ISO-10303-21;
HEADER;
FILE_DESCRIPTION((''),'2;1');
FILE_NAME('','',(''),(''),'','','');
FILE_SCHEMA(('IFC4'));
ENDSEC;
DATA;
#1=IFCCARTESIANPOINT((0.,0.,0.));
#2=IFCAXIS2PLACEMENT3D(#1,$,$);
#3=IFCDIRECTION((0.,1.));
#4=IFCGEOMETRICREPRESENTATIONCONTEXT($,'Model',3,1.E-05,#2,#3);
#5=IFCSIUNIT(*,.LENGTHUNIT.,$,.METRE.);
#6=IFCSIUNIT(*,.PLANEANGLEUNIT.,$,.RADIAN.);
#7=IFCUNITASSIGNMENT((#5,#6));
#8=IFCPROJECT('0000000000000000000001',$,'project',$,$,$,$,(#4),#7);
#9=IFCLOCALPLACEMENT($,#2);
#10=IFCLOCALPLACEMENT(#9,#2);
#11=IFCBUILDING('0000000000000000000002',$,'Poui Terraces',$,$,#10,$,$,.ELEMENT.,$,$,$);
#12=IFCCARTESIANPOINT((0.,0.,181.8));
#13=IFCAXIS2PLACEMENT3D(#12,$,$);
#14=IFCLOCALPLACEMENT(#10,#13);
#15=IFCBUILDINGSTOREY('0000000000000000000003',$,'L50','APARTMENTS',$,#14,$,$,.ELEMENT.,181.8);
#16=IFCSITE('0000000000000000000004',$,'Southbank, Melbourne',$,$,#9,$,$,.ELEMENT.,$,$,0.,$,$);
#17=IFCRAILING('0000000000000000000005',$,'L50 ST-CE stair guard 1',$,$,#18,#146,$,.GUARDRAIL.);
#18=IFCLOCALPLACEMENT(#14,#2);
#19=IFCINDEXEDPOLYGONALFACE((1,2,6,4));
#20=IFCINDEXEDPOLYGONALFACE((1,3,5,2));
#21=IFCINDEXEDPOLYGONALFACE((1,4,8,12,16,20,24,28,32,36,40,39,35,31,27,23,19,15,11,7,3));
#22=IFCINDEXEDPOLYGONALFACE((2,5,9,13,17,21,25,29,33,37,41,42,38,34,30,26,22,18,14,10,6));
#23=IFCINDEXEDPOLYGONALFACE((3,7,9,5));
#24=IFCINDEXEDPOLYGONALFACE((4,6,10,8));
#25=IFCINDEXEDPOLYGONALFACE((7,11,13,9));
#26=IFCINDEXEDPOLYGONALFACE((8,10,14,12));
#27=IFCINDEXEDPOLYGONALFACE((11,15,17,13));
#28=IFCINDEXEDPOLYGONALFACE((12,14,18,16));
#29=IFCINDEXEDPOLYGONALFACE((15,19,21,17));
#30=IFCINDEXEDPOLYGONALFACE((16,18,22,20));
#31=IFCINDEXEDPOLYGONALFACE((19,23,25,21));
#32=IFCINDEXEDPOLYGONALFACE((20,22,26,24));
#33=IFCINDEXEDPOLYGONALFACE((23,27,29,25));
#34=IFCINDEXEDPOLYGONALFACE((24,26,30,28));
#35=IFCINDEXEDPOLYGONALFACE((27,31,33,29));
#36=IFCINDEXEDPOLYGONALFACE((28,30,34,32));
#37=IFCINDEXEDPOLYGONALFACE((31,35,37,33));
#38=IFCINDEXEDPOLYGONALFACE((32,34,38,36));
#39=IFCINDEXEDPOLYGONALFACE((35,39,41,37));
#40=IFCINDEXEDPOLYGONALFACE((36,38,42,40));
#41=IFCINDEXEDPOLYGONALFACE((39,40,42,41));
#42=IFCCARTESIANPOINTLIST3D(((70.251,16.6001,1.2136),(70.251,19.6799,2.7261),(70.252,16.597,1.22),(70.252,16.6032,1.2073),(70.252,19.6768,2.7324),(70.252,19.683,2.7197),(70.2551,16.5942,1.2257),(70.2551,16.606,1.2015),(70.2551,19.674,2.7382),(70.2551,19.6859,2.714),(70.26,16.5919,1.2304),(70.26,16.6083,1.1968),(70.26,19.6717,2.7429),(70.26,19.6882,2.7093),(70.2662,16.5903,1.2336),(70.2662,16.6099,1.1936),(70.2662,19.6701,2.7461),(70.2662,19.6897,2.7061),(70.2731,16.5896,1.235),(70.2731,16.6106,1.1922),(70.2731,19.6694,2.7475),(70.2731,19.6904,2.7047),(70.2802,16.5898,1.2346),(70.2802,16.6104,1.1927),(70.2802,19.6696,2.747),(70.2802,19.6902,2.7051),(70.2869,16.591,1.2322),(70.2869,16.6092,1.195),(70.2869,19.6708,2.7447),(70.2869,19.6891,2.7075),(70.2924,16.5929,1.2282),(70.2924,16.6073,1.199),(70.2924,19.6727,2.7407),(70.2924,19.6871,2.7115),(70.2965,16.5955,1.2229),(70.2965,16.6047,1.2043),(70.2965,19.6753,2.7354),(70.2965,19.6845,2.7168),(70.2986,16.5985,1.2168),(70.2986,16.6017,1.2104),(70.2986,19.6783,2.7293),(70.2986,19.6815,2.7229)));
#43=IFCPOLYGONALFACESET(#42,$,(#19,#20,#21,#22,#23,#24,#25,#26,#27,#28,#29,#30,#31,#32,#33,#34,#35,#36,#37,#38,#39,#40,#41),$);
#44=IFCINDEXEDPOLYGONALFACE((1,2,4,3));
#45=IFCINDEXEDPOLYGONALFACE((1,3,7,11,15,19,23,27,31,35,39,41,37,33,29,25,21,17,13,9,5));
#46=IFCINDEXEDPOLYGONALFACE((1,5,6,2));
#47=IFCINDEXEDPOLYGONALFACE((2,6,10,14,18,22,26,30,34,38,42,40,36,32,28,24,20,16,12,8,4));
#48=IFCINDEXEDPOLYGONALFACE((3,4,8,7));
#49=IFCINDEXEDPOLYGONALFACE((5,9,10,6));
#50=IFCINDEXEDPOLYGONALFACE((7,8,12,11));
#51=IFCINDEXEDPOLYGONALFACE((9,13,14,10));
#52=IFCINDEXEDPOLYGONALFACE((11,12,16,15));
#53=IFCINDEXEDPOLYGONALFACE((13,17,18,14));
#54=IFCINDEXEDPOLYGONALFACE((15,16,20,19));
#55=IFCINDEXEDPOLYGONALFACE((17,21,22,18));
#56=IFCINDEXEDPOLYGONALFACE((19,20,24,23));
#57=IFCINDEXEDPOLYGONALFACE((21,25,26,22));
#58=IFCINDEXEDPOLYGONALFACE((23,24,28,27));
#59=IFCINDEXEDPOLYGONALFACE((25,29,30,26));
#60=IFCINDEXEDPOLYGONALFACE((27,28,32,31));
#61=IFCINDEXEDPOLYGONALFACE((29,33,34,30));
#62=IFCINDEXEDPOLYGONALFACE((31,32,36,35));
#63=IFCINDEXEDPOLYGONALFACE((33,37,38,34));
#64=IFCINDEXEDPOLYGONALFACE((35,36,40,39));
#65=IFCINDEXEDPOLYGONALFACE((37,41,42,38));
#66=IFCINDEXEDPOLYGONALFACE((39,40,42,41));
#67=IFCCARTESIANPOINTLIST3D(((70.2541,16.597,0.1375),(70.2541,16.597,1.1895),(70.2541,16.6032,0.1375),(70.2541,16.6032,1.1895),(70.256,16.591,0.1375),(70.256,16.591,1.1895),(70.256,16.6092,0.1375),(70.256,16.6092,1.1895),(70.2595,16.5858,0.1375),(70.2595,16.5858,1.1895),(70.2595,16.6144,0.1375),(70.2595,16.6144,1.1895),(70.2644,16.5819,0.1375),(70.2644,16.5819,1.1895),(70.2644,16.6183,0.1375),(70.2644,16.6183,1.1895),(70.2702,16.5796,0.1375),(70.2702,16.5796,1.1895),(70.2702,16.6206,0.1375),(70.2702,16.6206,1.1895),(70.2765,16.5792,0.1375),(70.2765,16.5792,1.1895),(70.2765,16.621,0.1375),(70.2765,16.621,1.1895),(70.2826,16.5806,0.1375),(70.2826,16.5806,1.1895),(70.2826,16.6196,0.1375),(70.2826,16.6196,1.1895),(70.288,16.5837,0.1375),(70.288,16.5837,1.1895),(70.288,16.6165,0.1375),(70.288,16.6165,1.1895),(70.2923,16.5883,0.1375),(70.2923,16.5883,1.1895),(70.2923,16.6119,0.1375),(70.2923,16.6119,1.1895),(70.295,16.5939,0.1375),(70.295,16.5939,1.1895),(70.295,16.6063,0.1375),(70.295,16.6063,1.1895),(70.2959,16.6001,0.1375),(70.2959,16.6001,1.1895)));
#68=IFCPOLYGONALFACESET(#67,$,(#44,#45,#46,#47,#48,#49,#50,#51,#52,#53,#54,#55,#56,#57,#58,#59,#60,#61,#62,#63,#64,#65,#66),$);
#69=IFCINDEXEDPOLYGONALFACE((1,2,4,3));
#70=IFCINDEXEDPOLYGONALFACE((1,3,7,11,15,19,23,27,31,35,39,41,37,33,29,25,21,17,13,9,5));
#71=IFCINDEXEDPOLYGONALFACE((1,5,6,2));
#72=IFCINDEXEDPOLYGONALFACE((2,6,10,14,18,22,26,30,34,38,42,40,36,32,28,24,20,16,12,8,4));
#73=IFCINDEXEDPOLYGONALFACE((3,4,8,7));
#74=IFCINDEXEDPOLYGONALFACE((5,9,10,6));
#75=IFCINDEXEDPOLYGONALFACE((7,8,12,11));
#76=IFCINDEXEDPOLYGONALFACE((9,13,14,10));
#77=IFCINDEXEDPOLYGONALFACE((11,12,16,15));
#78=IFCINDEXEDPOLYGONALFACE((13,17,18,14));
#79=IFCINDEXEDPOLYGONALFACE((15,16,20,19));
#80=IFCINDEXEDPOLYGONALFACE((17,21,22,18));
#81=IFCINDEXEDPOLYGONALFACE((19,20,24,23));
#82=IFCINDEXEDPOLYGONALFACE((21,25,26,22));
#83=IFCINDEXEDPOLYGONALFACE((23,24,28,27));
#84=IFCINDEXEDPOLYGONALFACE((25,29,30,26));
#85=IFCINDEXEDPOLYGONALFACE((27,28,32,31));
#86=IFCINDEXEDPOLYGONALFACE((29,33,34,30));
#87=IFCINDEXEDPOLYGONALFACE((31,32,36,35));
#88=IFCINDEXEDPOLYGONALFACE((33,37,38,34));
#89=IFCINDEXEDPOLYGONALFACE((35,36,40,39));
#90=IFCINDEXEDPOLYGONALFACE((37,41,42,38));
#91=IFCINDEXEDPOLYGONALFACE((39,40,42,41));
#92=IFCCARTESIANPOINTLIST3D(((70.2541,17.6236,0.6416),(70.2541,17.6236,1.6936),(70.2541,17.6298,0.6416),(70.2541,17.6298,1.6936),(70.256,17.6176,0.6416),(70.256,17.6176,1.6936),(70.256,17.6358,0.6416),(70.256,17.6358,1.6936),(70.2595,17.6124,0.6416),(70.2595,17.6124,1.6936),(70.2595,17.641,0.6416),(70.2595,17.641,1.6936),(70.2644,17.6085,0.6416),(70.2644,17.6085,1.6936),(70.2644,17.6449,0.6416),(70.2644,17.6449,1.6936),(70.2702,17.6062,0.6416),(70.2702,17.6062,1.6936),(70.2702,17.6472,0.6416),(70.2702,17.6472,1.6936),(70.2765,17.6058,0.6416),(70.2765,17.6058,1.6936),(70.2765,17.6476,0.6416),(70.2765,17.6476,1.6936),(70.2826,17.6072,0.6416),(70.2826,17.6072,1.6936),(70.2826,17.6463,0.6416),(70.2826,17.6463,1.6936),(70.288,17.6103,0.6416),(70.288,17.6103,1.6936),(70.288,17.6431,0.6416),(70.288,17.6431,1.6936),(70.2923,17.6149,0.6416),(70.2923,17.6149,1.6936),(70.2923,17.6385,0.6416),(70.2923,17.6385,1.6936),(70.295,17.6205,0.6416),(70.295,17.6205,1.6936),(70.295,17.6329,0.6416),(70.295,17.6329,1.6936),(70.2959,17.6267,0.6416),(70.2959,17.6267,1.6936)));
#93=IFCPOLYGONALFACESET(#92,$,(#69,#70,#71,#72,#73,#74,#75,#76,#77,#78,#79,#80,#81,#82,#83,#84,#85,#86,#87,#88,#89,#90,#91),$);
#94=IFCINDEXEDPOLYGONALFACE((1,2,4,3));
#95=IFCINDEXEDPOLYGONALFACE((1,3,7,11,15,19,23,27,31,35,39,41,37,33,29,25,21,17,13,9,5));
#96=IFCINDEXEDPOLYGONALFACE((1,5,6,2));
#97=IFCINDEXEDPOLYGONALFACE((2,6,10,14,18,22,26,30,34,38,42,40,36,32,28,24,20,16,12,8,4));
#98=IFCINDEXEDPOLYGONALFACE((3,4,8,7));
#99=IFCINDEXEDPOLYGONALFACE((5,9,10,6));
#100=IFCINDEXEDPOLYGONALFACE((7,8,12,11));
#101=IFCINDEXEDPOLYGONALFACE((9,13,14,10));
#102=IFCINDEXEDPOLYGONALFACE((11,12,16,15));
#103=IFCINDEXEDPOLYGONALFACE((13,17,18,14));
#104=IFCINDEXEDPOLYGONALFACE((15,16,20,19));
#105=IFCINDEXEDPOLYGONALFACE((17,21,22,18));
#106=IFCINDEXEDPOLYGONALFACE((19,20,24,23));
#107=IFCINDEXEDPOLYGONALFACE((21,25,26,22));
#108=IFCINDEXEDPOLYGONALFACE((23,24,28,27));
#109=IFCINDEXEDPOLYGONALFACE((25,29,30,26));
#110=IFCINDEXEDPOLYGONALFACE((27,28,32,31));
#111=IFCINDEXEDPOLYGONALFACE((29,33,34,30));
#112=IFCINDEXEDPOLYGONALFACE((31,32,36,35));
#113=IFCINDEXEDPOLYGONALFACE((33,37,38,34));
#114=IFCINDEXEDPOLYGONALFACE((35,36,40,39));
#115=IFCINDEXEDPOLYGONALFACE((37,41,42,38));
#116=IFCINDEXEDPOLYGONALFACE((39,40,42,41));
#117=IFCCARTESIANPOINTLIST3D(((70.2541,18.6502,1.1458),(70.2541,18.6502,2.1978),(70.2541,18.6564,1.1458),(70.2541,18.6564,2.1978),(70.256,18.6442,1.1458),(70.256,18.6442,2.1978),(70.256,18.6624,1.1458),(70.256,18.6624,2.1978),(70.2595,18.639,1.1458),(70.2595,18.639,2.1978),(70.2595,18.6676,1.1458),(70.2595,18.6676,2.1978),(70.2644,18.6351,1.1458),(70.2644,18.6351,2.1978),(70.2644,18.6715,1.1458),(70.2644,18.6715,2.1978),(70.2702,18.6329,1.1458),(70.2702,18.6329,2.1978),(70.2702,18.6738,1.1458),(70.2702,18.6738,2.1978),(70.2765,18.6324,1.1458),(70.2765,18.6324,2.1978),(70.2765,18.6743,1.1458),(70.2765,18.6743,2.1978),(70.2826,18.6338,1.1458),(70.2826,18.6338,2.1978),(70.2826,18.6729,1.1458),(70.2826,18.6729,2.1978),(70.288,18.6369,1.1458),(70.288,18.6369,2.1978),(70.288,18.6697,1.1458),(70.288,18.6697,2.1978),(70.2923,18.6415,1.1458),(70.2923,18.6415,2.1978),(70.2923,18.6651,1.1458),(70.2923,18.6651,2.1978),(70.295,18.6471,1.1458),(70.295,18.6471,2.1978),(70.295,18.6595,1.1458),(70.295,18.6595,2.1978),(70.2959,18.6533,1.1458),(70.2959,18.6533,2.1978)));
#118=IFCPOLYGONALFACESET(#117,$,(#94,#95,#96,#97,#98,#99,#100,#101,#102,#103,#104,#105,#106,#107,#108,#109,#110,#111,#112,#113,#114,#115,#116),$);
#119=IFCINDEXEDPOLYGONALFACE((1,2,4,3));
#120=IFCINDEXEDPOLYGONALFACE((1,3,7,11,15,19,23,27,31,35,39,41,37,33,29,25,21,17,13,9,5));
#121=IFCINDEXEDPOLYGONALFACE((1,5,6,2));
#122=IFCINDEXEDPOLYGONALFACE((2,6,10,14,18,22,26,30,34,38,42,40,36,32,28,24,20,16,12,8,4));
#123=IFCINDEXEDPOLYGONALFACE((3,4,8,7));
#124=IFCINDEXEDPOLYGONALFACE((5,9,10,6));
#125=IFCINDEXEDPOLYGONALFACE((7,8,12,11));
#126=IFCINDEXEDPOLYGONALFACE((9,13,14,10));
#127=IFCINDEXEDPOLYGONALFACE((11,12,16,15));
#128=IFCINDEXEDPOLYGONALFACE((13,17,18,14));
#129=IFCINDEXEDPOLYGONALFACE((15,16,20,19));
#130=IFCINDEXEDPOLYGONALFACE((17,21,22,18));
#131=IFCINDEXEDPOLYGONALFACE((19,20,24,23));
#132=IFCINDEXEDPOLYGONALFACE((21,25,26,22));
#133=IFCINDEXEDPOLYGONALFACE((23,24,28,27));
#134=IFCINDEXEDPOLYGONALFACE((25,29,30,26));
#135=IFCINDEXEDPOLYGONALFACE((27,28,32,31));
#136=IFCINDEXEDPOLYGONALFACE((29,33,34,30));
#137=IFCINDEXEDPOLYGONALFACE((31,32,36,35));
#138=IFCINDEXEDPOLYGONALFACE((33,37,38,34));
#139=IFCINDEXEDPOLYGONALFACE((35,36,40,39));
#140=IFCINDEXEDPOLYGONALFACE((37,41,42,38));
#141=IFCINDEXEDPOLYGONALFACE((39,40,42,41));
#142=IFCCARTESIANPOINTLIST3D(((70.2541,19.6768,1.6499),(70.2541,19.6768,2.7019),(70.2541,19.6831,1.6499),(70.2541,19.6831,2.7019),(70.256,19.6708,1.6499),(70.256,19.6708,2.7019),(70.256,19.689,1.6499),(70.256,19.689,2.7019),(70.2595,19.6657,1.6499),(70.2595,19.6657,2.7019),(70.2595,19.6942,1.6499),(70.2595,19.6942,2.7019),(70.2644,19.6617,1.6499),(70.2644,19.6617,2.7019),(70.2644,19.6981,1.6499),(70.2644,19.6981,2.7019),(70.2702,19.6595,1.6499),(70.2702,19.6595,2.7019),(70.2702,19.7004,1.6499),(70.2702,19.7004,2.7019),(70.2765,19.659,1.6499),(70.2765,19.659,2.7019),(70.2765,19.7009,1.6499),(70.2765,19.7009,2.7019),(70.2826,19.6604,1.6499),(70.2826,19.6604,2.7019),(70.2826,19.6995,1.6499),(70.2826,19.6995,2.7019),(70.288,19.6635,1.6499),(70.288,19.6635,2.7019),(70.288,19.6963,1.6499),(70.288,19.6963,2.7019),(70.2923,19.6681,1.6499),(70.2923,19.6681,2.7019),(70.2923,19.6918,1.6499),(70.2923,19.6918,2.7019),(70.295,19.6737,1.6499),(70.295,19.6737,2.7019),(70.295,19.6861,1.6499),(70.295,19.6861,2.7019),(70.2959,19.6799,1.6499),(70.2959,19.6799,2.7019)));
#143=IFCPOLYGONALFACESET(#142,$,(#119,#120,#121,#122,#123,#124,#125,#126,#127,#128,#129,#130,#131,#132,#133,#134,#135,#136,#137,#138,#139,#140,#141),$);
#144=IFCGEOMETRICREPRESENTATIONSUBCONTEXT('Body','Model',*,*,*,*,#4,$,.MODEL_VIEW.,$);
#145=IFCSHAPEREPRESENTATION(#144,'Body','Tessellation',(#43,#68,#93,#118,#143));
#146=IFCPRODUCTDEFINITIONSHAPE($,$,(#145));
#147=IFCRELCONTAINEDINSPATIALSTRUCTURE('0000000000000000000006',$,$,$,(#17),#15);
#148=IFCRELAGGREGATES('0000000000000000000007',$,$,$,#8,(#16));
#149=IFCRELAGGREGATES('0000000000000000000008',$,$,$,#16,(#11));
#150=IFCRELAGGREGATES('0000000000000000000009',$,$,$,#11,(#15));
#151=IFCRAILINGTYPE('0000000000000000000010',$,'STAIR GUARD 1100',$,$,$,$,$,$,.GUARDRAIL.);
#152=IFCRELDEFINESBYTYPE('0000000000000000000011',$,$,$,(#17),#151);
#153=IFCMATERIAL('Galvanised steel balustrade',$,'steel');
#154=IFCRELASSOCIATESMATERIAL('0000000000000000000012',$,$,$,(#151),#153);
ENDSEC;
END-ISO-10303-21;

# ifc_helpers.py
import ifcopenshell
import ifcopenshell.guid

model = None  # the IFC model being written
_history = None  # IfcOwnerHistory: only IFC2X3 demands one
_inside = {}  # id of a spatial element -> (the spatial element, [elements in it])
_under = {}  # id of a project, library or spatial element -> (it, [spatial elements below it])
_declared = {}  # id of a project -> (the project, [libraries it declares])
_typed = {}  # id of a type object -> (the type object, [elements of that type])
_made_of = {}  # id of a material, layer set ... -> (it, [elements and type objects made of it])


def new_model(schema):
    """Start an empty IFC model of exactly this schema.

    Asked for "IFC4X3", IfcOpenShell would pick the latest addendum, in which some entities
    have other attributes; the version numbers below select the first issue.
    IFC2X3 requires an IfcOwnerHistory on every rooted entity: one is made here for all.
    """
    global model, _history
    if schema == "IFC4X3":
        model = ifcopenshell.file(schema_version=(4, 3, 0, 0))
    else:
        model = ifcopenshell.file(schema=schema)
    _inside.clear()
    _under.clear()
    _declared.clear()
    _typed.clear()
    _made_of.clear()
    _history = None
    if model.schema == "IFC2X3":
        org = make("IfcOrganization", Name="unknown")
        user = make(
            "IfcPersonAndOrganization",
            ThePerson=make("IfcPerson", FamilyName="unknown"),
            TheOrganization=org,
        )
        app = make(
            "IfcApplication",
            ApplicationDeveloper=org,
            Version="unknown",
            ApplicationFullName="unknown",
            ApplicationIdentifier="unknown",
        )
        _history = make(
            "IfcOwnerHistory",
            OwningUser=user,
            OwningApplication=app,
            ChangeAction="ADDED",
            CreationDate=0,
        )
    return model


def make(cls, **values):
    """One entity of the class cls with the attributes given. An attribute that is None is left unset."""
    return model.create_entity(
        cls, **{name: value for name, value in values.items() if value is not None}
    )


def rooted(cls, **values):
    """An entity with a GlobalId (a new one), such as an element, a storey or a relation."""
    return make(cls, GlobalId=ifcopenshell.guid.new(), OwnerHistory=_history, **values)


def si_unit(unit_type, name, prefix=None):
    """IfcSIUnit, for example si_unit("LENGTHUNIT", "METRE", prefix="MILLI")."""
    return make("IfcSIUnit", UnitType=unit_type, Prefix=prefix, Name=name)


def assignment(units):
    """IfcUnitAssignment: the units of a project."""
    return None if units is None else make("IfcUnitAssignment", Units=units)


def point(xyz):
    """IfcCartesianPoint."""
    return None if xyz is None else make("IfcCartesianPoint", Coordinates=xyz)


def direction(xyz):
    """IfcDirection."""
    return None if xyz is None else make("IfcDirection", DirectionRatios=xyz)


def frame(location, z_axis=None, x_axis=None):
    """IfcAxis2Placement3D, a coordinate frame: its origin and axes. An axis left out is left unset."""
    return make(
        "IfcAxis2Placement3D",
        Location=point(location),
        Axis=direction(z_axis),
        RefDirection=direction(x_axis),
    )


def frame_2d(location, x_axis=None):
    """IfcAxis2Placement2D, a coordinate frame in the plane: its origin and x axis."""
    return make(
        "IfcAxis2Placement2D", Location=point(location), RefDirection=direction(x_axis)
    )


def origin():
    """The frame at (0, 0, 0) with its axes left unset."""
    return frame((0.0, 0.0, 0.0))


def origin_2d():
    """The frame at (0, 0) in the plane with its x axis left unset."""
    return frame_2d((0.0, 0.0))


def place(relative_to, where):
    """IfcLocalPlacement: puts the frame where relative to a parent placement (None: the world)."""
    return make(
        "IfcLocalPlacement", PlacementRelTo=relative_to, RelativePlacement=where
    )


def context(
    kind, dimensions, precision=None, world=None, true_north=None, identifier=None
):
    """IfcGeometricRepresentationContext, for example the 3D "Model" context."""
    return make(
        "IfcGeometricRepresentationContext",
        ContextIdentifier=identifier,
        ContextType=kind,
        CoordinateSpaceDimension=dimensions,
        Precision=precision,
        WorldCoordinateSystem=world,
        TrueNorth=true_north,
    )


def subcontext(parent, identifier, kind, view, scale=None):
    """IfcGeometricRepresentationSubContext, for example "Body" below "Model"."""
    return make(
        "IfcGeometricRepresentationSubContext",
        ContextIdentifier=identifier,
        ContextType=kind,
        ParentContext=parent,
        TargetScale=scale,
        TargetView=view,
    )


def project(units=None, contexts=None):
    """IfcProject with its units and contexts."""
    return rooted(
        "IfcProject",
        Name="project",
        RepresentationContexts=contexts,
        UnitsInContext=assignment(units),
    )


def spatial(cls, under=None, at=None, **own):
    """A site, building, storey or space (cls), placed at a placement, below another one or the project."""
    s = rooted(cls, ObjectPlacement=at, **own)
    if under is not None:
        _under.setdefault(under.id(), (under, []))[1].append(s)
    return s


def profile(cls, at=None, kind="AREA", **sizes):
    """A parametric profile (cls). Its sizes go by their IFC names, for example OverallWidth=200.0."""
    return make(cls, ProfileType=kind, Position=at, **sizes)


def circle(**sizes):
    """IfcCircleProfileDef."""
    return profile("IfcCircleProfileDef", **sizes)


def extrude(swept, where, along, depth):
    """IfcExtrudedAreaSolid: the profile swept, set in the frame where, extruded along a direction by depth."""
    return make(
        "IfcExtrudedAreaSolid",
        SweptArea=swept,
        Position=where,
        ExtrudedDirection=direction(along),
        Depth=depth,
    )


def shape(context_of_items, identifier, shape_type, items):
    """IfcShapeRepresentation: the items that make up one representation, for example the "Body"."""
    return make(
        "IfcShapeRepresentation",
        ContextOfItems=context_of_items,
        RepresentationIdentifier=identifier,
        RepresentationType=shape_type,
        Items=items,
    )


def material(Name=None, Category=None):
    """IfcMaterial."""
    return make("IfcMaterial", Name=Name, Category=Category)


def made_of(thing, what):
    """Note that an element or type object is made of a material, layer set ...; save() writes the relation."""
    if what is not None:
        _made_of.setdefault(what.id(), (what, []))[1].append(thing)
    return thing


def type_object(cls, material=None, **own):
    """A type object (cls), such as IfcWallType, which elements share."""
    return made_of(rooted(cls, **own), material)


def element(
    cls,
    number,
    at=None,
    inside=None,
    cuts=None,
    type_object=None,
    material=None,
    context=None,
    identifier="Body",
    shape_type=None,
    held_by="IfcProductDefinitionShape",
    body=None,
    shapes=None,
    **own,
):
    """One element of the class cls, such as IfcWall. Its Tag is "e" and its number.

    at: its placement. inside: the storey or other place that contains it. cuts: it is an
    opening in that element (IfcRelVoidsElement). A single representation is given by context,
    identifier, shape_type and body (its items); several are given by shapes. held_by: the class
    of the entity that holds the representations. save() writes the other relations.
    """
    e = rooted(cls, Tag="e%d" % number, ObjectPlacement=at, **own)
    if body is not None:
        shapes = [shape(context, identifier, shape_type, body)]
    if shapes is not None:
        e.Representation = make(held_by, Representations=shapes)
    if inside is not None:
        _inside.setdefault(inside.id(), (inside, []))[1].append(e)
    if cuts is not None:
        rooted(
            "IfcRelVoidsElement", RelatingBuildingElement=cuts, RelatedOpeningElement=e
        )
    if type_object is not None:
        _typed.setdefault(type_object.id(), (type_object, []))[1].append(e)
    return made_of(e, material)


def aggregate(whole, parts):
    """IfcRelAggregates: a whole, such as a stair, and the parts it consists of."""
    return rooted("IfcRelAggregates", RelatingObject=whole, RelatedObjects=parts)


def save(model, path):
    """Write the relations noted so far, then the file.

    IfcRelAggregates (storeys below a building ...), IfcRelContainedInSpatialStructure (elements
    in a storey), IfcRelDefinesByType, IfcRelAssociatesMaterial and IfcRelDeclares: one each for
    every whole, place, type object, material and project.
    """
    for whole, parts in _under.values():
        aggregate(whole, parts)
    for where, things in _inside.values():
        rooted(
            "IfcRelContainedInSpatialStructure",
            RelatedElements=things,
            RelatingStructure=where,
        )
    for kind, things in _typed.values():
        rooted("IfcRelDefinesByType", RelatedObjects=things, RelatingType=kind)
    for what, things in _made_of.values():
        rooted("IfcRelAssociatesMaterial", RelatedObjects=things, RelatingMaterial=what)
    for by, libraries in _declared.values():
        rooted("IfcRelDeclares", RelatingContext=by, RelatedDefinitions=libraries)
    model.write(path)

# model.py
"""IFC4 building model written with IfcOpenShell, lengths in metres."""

from ifc_helpers import new_model, si_unit, direction, frame, origin, origin_2d, place, context, subcontext, project, spatial, circle, extrude, material, type_object, element, save


model = new_model("IFC4")

# Units and contexts
model_context = context("Model", 3, precision=1e-05, world=origin(), true_north=direction((0.0, 1.0)))
body_context = subcontext(model_context, "Body", "Model", "MODEL_VIEW")
ifc_project = project(units=[si_unit("LENGTHUNIT", "METRE"), si_unit("PLANEANGLEUNIT", "RADIAN")], contexts=[model_context])

# Site, building, storey
site_placement = place(None, origin())
site = spatial("IfcSite", under=ifc_project, at=site_placement, Name="Southbank, Melbourne", CompositionType="ELEMENT", RefElevation=0.0)
building_placement = place(site_placement, origin())
building = spatial("IfcBuilding", under=site, at=building_placement, Name="Poui Terraces", CompositionType="ELEMENT")
storey_placement = place(building_placement, frame((0.0, 0.0, 181.8)))
storey = spatial("IfcBuildingStorey", under=building, at=storey_placement, Name="L50", Description="APARTMENTS", CompositionType="ELEMENT", Elevation=181.8)

# Railing
ifc_material_1 = material(Name="Galvanised steel balustrade", Category="steel")
railing_type_1 = type_object("IfcRailingType", Name="STAIR GUARD 1100", PredefinedType="GUARDRAIL", material=ifc_material_1)
railing_1_placement = place(storey_placement, frame((70.2749, 16.6001, 0.1375)))
element("IfcRailing", 1, at=railing_1_placement, inside=storey, type_object=railing_type_1, Name="L50 ST-CE stair guard 1", PredefinedType="GUARDRAIL", context=body_context, shape_type="SweptSolid", body=[
    extrude(circle(Radius=0.0239, at=origin_2d()), frame((0.0, 0.0, 1.0762), z_axis=(0.0, 0.897606, 0.440798), x_axis=(-1.0, 0.0, 0.0)), (0.0, 0.0, 1.0), 3.4312),
    extrude(circle(Radius=0.021, at=origin_2d()), origin(), (0.0, 0.0, 1.0), 1.052),
    extrude(circle(Radius=0.021, at=origin_2d()), frame((0.0, 1.0266, 0.5042)), (0.0, 0.0, 1.0), 1.052),
    extrude(circle(Radius=0.021, at=origin_2d()), frame((0.0, 2.0532, 1.0083)), (0.0, 0.0, 1.0), 1.052),
    extrude(circle(Radius=0.021, at=origin_2d()), frame((0.0, 3.0798, 1.5125)), (0.0, 0.0, 1.0), 1.052),
])

save(model, "model.ifc")
